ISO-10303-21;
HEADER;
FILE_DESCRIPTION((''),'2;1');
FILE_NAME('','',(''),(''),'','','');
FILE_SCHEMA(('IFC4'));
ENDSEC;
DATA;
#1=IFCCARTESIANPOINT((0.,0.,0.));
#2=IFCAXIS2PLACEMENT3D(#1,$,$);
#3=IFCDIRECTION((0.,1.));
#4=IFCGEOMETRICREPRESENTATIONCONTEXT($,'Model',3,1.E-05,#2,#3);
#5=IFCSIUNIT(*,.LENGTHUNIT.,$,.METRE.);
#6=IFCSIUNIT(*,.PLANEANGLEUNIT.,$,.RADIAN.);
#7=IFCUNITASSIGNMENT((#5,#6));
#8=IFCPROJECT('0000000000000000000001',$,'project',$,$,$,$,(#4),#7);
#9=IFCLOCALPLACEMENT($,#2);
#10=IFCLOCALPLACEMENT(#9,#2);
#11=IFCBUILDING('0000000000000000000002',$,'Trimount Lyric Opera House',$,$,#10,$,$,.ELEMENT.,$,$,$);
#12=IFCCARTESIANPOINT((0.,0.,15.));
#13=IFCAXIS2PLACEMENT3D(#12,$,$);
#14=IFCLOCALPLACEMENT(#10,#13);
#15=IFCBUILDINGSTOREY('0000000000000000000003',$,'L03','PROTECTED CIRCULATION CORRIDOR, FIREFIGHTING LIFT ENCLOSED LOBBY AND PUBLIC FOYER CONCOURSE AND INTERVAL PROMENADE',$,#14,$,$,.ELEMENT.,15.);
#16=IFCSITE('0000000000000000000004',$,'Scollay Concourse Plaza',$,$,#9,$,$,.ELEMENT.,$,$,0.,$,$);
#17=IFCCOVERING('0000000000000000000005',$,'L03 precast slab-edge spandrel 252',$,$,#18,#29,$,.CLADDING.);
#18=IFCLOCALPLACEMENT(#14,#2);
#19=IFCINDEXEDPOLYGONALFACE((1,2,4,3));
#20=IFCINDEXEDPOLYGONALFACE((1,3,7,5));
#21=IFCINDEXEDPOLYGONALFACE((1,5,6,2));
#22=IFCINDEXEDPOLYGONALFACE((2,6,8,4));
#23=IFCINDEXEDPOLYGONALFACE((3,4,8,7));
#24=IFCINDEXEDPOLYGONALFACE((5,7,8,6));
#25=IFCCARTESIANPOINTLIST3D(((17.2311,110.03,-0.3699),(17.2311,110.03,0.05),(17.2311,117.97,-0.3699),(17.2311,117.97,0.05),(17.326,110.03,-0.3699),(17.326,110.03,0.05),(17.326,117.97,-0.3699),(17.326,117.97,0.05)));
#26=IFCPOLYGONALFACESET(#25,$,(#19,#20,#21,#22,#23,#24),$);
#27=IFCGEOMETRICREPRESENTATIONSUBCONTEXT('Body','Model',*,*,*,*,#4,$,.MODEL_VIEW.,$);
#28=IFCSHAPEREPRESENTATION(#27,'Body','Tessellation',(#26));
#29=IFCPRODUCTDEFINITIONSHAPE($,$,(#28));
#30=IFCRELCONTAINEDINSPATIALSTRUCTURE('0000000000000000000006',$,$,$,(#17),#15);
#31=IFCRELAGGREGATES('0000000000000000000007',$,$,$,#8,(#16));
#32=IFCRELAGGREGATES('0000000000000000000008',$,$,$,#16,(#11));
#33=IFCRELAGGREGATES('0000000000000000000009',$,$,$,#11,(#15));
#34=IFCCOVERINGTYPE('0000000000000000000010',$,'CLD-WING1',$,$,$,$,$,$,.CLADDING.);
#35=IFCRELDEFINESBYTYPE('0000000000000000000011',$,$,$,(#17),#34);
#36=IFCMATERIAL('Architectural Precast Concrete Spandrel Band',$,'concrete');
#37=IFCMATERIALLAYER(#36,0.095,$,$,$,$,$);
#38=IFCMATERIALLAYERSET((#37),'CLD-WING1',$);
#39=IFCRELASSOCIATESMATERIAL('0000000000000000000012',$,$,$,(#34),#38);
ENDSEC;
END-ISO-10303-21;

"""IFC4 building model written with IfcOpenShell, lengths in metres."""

from ifc_helpers import new_model, si_unit, direction, frame, origin, origin_2d, place, context, subcontext, project, spatial, rectangle, extrude, material, layer, layer_set, type_object, element, save


model = new_model("IFC4")

# Units and contexts
model_context = context("Model", 3, precision=1e-05, world=origin(), true_north=direction((0.0, 1.0)))
body_context = subcontext(model_context, "Body", "Model", "MODEL_VIEW")
ifc_project = project(units=[si_unit("LENGTHUNIT", "METRE"), si_unit("PLANEANGLEUNIT", "RADIAN")], contexts=[model_context])

# Site, building, storey
site_placement = place(None, origin())
site = spatial("IfcSite", under=ifc_project, at=site_placement, Name="Scollay Concourse Plaza", CompositionType="ELEMENT", RefElevation=0.0)
building_placement = place(site_placement, origin())
building = spatial("IfcBuilding", under=site, at=building_placement, Name="Trimount Lyric Opera House", CompositionType="ELEMENT")
storey_placement = place(building_placement, frame((0.0, 0.0, 15.0)))
storey = spatial("IfcBuildingStorey", under=building, at=storey_placement, Name="L03", Description="PROTECTED CIRCULATION CORRIDOR, FIREFIGHTING LIFT ENCLOSED LOBBY AND PUBLIC FOYER CONCOURSE AND INTERVAL PROMENADE", CompositionType="ELEMENT", Elevation=15.0)

# Covering
ifc_material_1 = material(Name="Architectural Precast Concrete Spandrel Band", Category="concrete")
ifc_layer_1 = layer(ifc_material_1, 0.095)
ifc_layer_set_1 = layer_set([ifc_layer_1], Name="CLD-WING1")
covering_type = type_object("IfcCoveringType", Name="CLD-WING1", PredefinedType="CLADDING", material=ifc_layer_set_1)
for number, where, z_axis, x_axis, name in (
    (1, (17.2786, 114.0, -0.3699), (0.0, 0.0, 1.0), (0.0, 1.0, 0.0), "L03 precast slab-edge spandrel 252"),
):
    element("IfcCovering", number, at=place(storey_placement, frame(where, z_axis=z_axis, x_axis=x_axis)), inside=storey, type_object=covering_type, Name=name, PredefinedType="CLADDING", context=body_context, shape_type="SweptSolid", body=[
        extrude(rectangle(XDim=7.9399, YDim=0.095, at=origin_2d()), origin(), (0.0, 0.0, 1.0), 0.4199),
    ])

save(model, "model.ifc")
